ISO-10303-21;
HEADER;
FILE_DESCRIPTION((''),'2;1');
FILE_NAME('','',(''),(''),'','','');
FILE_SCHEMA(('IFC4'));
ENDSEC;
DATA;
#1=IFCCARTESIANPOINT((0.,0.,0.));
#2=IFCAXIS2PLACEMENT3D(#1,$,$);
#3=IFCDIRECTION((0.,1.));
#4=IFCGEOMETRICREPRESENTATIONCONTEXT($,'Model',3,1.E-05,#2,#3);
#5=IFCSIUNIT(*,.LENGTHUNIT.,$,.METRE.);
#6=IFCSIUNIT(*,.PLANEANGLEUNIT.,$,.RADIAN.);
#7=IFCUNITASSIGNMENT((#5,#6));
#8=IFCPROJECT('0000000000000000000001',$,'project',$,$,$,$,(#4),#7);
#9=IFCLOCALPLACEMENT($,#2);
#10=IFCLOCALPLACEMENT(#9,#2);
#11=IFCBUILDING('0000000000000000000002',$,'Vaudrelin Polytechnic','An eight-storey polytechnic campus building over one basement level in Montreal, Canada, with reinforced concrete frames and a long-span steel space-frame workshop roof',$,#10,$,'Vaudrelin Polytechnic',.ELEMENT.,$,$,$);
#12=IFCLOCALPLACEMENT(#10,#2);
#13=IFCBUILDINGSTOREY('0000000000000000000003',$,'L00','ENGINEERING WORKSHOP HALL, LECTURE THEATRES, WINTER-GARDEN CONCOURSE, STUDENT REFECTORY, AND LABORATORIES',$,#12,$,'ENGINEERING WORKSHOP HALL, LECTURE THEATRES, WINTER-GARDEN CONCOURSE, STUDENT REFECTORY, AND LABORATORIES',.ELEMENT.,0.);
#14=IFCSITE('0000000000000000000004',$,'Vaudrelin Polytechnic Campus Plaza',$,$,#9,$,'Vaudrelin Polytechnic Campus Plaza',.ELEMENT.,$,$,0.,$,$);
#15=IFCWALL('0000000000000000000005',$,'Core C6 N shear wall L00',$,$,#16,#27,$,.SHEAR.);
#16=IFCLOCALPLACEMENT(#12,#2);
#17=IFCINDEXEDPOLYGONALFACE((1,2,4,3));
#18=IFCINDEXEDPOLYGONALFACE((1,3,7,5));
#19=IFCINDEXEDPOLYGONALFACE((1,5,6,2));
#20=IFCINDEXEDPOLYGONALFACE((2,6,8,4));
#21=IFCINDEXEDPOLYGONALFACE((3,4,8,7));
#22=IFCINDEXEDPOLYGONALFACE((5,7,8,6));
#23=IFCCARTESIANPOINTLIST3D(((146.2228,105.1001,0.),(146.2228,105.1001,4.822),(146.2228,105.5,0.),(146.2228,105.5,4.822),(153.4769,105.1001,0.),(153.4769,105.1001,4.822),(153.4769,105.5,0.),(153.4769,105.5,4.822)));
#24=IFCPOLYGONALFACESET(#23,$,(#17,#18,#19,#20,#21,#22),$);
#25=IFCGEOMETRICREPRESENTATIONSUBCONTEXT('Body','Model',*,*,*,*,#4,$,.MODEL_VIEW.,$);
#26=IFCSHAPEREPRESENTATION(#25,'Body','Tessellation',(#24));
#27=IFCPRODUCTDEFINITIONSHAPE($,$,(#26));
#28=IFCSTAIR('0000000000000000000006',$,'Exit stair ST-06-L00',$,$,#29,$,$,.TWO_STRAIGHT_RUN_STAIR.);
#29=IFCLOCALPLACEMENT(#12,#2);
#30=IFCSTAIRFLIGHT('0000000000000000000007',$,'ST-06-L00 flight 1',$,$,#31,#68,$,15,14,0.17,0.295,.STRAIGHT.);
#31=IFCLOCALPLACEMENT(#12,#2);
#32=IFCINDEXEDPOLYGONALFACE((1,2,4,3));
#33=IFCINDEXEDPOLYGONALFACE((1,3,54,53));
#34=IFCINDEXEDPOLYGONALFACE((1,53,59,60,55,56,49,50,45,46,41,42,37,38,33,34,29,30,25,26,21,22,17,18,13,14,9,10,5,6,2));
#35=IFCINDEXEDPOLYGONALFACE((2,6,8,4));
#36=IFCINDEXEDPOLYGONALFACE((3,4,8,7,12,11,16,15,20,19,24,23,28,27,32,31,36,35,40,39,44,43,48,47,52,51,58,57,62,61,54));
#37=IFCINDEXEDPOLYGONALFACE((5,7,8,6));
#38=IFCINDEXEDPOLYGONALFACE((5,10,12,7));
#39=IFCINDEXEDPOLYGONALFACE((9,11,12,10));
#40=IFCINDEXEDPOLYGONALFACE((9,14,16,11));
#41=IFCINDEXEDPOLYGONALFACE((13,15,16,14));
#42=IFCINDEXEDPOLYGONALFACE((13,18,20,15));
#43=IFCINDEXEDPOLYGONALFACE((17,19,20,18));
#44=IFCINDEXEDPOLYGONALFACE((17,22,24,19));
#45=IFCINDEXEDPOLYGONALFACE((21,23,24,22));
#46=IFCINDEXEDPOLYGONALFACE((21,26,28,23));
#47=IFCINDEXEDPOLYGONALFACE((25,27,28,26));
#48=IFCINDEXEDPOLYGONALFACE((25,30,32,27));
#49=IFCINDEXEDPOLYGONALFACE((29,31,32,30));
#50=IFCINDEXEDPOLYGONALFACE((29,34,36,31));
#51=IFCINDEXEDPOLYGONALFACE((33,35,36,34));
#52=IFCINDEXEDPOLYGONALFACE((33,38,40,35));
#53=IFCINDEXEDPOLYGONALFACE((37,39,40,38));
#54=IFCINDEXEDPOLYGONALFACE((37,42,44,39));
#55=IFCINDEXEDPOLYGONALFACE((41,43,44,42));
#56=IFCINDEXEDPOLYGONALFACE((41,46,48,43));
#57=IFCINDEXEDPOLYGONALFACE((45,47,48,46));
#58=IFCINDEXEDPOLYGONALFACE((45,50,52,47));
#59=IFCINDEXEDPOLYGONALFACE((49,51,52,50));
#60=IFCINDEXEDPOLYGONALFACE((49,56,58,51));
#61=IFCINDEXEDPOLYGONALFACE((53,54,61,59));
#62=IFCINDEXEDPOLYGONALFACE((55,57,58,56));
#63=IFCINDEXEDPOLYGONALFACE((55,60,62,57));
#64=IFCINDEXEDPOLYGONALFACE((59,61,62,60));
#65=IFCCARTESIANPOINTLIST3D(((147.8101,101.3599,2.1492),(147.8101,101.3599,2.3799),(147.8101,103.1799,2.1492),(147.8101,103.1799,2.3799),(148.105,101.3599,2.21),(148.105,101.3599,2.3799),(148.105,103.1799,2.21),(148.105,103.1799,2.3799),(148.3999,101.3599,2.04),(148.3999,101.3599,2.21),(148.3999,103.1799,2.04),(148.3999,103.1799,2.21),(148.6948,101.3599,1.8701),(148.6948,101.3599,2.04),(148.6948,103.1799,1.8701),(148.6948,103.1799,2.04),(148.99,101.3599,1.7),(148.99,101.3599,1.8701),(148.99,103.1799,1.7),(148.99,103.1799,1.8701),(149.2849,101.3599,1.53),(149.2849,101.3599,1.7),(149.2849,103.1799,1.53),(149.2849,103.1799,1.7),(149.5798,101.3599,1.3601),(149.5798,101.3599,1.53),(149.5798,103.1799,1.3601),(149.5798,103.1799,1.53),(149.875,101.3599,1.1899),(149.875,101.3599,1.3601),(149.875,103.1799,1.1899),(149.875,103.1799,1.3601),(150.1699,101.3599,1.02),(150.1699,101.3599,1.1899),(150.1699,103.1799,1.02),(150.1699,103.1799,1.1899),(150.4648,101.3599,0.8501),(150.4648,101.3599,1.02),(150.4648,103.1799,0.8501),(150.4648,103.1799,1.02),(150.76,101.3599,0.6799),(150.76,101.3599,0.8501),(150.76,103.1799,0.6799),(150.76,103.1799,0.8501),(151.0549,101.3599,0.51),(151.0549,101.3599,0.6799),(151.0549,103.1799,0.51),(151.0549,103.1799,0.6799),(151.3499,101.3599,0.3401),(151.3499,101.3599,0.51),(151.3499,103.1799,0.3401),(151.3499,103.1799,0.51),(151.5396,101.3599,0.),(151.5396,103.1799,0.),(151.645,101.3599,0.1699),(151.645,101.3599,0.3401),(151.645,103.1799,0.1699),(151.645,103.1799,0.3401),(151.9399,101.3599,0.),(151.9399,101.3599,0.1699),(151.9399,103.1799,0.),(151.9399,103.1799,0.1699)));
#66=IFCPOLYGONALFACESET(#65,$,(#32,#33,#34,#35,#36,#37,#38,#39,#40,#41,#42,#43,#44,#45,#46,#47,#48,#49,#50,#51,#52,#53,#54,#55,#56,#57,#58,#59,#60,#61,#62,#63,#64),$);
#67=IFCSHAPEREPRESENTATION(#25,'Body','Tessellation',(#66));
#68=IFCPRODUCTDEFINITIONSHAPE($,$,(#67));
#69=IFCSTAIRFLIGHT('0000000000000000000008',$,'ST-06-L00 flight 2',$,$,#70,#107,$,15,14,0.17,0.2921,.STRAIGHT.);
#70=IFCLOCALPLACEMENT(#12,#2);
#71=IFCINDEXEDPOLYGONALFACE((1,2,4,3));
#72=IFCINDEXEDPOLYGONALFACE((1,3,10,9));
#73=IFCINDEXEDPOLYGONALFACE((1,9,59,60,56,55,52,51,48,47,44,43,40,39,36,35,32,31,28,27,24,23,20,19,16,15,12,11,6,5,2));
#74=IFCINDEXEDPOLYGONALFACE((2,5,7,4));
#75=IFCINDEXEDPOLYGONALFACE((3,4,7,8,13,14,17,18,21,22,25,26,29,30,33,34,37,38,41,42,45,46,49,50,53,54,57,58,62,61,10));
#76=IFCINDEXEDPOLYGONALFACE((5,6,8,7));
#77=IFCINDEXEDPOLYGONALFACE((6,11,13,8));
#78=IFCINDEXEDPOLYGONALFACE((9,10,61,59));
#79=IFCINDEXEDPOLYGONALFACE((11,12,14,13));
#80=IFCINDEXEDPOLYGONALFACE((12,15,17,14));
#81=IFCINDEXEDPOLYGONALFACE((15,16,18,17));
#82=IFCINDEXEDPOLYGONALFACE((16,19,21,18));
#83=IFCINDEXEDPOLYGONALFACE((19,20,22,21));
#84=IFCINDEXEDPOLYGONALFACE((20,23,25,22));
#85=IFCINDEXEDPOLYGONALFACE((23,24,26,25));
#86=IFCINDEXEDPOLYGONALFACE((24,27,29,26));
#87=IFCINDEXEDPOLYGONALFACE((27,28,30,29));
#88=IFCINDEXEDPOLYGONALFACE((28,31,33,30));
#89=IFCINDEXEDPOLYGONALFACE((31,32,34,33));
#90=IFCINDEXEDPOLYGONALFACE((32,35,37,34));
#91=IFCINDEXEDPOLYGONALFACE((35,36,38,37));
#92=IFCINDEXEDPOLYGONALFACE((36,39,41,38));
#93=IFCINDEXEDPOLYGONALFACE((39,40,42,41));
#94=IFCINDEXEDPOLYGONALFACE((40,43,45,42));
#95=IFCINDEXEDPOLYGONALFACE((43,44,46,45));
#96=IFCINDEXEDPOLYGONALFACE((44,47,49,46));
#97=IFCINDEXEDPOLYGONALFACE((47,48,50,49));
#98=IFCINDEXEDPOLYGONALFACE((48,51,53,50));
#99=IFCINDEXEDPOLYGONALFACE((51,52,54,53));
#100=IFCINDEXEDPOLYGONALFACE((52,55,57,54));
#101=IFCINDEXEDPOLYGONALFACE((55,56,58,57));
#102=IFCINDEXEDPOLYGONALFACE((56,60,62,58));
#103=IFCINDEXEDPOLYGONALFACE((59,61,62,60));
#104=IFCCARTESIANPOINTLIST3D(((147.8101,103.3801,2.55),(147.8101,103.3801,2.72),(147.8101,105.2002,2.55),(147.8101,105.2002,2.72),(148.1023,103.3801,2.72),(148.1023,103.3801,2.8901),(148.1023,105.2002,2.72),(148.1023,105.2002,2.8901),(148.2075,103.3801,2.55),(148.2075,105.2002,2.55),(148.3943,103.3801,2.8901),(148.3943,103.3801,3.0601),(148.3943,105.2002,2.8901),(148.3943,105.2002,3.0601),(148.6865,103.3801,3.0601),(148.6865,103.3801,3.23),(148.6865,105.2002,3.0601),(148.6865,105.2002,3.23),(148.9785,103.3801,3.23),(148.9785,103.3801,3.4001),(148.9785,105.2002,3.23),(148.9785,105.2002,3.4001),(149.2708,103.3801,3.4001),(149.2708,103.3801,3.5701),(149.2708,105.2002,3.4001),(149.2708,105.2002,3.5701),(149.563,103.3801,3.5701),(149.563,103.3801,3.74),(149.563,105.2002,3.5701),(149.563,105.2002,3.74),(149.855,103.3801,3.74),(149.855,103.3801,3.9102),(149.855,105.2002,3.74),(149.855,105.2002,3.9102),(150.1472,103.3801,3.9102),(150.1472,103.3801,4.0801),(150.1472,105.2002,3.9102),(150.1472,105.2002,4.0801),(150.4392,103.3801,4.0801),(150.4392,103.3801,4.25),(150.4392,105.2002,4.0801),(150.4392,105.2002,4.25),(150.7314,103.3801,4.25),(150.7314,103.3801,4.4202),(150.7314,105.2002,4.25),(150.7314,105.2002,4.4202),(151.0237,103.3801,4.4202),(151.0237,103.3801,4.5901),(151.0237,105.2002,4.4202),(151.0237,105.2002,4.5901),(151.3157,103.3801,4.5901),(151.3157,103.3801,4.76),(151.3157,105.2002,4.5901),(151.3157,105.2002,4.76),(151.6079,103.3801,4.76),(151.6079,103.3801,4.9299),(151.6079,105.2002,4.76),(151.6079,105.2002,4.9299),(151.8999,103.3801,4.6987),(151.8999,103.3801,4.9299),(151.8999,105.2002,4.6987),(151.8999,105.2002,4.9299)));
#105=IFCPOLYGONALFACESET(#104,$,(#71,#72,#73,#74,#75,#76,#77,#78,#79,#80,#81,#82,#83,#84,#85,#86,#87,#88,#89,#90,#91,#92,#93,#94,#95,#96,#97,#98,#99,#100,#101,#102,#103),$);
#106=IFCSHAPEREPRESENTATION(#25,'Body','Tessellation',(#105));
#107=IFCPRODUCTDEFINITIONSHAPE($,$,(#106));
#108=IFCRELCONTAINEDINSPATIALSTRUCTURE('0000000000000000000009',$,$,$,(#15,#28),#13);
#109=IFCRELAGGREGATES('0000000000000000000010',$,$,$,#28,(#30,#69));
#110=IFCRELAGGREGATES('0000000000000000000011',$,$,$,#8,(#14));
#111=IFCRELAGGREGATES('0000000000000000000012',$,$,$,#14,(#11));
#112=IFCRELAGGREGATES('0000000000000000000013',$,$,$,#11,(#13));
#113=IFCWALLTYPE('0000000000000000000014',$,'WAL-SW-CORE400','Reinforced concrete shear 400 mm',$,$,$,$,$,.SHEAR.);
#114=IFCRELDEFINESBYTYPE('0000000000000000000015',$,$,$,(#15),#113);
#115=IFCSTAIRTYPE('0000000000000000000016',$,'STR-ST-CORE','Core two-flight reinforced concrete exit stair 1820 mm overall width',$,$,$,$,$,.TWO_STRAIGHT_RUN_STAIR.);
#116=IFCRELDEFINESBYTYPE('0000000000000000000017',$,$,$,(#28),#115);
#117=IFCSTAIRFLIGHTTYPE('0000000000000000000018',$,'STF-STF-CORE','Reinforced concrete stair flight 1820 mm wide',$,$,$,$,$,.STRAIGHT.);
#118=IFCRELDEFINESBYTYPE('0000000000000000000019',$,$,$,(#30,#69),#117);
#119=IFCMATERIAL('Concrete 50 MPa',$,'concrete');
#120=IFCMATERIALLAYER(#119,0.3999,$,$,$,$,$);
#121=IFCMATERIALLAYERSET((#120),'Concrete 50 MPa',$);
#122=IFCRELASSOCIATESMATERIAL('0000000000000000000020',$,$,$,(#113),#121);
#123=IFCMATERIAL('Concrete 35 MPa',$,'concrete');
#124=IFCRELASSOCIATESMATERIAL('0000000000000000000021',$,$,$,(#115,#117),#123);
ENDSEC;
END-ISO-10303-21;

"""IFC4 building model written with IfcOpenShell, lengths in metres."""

from ifc_helpers import new_model, si_unit, direction, frame, frame_2d, origin, place, context, subcontext, project, spatial, polyline, rectangle, outline, extrude, material, layer, layer_set, type_object, element, aggregate, save


model = new_model("IFC4")

# Units and contexts
model_context = context("Model", 3, precision=1e-05, world=origin(), true_north=direction((0.0, 1.0)))
body_context = subcontext(model_context, "Body", "Model", "MODEL_VIEW")
ifc_project = project(units=[si_unit("LENGTHUNIT", "METRE"), si_unit("PLANEANGLEUNIT", "RADIAN")], contexts=[model_context])

# Site, building, storey
site_placement = place(None, origin())
site = spatial("IfcSite", under=ifc_project, at=site_placement, Name="Vaudrelin Polytechnic Campus Plaza", LongName="Vaudrelin Polytechnic Campus Plaza", CompositionType="ELEMENT", RefElevation=0.0)
building_placement = place(site_placement, origin())
building = spatial("IfcBuilding", under=site, at=building_placement, Name="Vaudrelin Polytechnic", Description="An eight-storey polytechnic campus building over one basement level in Montreal, Canada, with reinforced concrete frames and a long-span steel space-frame workshop roof", LongName="Vaudrelin Polytechnic", CompositionType="ELEMENT")
storey_placement = place(building_placement, origin())
storey = spatial("IfcBuildingStorey", under=building, at=storey_placement, Name="L00", Description="ENGINEERING WORKSHOP HALL, LECTURE THEATRES, WINTER-GARDEN CONCOURSE, STUDENT REFECTORY, AND LABORATORIES", LongName="ENGINEERING WORKSHOP HALL, LECTURE THEATRES, WINTER-GARDEN CONCOURSE, STUDENT REFECTORY, AND LABORATORIES", CompositionType="ELEMENT", Elevation=0.0)

# Shared definitions
ifc_material_1 = material(Name="Concrete 50 MPa", Category="concrete")

# Wall
ifc_layer_1 = layer(ifc_material_1, 0.3999)
ifc_layer_set_1 = layer_set([ifc_layer_1], Name="Concrete 50 MPa")
wall_type_1 = type_object("IfcWallType", Name="WAL-SW-CORE400", Description="Reinforced concrete shear 400 mm", PredefinedType="SHEAR", material=ifc_layer_set_1)
wall_1_placement = place(storey_placement, frame((146.2229, 105.3, 0.0), z_axis=(0.0, 0.0, 1.0), x_axis=(1.0, 0.0, 0.0)))
element("IfcWall", 1, at=wall_1_placement, inside=storey, type_object=wall_type_1, Name="Core C6 N shear wall L00", PredefinedType="SHEAR", context=body_context, shape_type="SweptSolid", body=[
    extrude(rectangle(XDim=7.2542, YDim=0.3999, at=frame_2d((3.627, 0.0))), origin(), (0.0, 0.0, 1.0), 4.822),
])

# Stair, stair flights
ifc_material_2 = material(Name="Concrete 35 MPa", Category="concrete")
stair_type = type_object("IfcStairType", Name="STR-ST-CORE", Description="Core two-flight reinforced concrete exit stair 1820 mm overall width", PredefinedType="TWO_STRAIGHT_RUN_STAIR", material=ifc_material_2)
stair_placement = place(storey_placement, origin())
stair = element("IfcStair", 2, at=stair_placement, inside=storey, type_object=stair_type, Name="Exit stair ST-06-L00", PredefinedType="TWO_STRAIGHT_RUN_STAIR")
stair_flight_type = type_object("IfcStairFlightType", Name="STF-STF-CORE", Description="Reinforced concrete stair flight 1820 mm wide", PredefinedType="STRAIGHT", material=ifc_material_2)
stair_flight_1_placement = place(storey_placement, frame((151.9399, 102.27, 0.0), z_axis=(0.0, 0.0, 1.0), x_axis=(-1.0, 0.0, 0.0)))
stair_flight_1 = element("IfcStairFlight", 3, at=stair_flight_1_placement, type_object=stair_flight_type, Name="ST-06-L00 flight 1", NumberOfRisers=15, NumberOfTreads=14, PredefinedType="STRAIGHT", RiserHeight=0.17, TreadLength=0.295, context=body_context, shape_type="SweptSolid", body=[
    extrude(outline(polyline([(0.0, 0.0), (0.0, 0.1699), (0.2949, 0.1699), (0.2949, 0.3401), (0.5901, 0.3401), (0.5901, 0.51), (0.885, 0.51), (0.885, 0.6799), (1.1799, 0.6799), (1.1799, 0.8501), (1.4751, 0.8501), (1.4751, 1.02), (1.77, 1.02), (1.77, 1.1899), (2.0649, 1.1899), (2.0649, 1.3601), (2.3601, 1.3601), (2.3601, 1.53), (2.655, 1.53), (2.655, 1.7), (2.95, 1.7), (2.95, 1.8701), (3.2451, 1.8701), (3.2451, 2.04), (3.54, 2.04), (3.54, 2.21), (3.835, 2.21), (3.835, 2.3799), (4.1299, 2.3799), (4.1299, 2.55), (4.1299, 2.1492), (0.4004, 0.0), (0.0, 0.0)])), frame((0.0, 0.9102, 0.0), z_axis=(0.0, -1.0, 0.0), x_axis=(1.0, 0.0, 0.0)), (0.0, 0.0, 1.0), 1.8201),
])
stair_flight_2_placement = place(storey_placement, frame((147.8101, 104.29, 2.55), z_axis=(0.0, 0.0, 1.0), x_axis=(1.0, 0.0, 0.0)))
stair_flight_2 = element("IfcStairFlight", 4, at=stair_flight_2_placement, type_object=stair_flight_type, Name="ST-06-L00 flight 2", NumberOfRisers=15, NumberOfTreads=14, PredefinedType="STRAIGHT", RiserHeight=0.17, TreadLength=0.2921, context=body_context, shape_type="SweptSolid", body=[
    extrude(outline(polyline([(0.0, 0.0), (0.0, 0.1699), (0.2922, 0.1699), (0.2922, 0.3401), (0.5842, 0.3401), (0.5842, 0.51), (0.8765, 0.51), (0.8765, 0.6799), (1.1685, 0.6799), (1.1685, 0.8501), (1.4607, 0.8501), (1.4607, 1.02), (1.7529, 1.02), (1.7529, 1.1899), (2.0449, 1.1899), (2.0449, 1.3601), (2.3372, 1.3601), (2.3372, 1.53), (2.6292, 1.53), (2.6292, 1.7), (2.9214, 1.7), (2.9214, 1.8701), (3.2136, 1.8701), (3.2136, 2.04), (3.5056, 2.04), (3.5056, 2.21), (3.7979, 2.21), (3.7979, 2.3799), (4.0898, 2.3799), (4.0898, 2.55), (4.0898, 2.1487), (0.3975, 0.0), (0.0, 0.0)])), frame((0.0, 0.9102, 0.0), z_axis=(0.0, -1.0, 0.0), x_axis=(1.0, 0.0, 0.0)), (0.0, 0.0, 1.0), 1.8201),
])
aggregate(stair, [stair_flight_1, stair_flight_2])

save(model, "model.ifc")
